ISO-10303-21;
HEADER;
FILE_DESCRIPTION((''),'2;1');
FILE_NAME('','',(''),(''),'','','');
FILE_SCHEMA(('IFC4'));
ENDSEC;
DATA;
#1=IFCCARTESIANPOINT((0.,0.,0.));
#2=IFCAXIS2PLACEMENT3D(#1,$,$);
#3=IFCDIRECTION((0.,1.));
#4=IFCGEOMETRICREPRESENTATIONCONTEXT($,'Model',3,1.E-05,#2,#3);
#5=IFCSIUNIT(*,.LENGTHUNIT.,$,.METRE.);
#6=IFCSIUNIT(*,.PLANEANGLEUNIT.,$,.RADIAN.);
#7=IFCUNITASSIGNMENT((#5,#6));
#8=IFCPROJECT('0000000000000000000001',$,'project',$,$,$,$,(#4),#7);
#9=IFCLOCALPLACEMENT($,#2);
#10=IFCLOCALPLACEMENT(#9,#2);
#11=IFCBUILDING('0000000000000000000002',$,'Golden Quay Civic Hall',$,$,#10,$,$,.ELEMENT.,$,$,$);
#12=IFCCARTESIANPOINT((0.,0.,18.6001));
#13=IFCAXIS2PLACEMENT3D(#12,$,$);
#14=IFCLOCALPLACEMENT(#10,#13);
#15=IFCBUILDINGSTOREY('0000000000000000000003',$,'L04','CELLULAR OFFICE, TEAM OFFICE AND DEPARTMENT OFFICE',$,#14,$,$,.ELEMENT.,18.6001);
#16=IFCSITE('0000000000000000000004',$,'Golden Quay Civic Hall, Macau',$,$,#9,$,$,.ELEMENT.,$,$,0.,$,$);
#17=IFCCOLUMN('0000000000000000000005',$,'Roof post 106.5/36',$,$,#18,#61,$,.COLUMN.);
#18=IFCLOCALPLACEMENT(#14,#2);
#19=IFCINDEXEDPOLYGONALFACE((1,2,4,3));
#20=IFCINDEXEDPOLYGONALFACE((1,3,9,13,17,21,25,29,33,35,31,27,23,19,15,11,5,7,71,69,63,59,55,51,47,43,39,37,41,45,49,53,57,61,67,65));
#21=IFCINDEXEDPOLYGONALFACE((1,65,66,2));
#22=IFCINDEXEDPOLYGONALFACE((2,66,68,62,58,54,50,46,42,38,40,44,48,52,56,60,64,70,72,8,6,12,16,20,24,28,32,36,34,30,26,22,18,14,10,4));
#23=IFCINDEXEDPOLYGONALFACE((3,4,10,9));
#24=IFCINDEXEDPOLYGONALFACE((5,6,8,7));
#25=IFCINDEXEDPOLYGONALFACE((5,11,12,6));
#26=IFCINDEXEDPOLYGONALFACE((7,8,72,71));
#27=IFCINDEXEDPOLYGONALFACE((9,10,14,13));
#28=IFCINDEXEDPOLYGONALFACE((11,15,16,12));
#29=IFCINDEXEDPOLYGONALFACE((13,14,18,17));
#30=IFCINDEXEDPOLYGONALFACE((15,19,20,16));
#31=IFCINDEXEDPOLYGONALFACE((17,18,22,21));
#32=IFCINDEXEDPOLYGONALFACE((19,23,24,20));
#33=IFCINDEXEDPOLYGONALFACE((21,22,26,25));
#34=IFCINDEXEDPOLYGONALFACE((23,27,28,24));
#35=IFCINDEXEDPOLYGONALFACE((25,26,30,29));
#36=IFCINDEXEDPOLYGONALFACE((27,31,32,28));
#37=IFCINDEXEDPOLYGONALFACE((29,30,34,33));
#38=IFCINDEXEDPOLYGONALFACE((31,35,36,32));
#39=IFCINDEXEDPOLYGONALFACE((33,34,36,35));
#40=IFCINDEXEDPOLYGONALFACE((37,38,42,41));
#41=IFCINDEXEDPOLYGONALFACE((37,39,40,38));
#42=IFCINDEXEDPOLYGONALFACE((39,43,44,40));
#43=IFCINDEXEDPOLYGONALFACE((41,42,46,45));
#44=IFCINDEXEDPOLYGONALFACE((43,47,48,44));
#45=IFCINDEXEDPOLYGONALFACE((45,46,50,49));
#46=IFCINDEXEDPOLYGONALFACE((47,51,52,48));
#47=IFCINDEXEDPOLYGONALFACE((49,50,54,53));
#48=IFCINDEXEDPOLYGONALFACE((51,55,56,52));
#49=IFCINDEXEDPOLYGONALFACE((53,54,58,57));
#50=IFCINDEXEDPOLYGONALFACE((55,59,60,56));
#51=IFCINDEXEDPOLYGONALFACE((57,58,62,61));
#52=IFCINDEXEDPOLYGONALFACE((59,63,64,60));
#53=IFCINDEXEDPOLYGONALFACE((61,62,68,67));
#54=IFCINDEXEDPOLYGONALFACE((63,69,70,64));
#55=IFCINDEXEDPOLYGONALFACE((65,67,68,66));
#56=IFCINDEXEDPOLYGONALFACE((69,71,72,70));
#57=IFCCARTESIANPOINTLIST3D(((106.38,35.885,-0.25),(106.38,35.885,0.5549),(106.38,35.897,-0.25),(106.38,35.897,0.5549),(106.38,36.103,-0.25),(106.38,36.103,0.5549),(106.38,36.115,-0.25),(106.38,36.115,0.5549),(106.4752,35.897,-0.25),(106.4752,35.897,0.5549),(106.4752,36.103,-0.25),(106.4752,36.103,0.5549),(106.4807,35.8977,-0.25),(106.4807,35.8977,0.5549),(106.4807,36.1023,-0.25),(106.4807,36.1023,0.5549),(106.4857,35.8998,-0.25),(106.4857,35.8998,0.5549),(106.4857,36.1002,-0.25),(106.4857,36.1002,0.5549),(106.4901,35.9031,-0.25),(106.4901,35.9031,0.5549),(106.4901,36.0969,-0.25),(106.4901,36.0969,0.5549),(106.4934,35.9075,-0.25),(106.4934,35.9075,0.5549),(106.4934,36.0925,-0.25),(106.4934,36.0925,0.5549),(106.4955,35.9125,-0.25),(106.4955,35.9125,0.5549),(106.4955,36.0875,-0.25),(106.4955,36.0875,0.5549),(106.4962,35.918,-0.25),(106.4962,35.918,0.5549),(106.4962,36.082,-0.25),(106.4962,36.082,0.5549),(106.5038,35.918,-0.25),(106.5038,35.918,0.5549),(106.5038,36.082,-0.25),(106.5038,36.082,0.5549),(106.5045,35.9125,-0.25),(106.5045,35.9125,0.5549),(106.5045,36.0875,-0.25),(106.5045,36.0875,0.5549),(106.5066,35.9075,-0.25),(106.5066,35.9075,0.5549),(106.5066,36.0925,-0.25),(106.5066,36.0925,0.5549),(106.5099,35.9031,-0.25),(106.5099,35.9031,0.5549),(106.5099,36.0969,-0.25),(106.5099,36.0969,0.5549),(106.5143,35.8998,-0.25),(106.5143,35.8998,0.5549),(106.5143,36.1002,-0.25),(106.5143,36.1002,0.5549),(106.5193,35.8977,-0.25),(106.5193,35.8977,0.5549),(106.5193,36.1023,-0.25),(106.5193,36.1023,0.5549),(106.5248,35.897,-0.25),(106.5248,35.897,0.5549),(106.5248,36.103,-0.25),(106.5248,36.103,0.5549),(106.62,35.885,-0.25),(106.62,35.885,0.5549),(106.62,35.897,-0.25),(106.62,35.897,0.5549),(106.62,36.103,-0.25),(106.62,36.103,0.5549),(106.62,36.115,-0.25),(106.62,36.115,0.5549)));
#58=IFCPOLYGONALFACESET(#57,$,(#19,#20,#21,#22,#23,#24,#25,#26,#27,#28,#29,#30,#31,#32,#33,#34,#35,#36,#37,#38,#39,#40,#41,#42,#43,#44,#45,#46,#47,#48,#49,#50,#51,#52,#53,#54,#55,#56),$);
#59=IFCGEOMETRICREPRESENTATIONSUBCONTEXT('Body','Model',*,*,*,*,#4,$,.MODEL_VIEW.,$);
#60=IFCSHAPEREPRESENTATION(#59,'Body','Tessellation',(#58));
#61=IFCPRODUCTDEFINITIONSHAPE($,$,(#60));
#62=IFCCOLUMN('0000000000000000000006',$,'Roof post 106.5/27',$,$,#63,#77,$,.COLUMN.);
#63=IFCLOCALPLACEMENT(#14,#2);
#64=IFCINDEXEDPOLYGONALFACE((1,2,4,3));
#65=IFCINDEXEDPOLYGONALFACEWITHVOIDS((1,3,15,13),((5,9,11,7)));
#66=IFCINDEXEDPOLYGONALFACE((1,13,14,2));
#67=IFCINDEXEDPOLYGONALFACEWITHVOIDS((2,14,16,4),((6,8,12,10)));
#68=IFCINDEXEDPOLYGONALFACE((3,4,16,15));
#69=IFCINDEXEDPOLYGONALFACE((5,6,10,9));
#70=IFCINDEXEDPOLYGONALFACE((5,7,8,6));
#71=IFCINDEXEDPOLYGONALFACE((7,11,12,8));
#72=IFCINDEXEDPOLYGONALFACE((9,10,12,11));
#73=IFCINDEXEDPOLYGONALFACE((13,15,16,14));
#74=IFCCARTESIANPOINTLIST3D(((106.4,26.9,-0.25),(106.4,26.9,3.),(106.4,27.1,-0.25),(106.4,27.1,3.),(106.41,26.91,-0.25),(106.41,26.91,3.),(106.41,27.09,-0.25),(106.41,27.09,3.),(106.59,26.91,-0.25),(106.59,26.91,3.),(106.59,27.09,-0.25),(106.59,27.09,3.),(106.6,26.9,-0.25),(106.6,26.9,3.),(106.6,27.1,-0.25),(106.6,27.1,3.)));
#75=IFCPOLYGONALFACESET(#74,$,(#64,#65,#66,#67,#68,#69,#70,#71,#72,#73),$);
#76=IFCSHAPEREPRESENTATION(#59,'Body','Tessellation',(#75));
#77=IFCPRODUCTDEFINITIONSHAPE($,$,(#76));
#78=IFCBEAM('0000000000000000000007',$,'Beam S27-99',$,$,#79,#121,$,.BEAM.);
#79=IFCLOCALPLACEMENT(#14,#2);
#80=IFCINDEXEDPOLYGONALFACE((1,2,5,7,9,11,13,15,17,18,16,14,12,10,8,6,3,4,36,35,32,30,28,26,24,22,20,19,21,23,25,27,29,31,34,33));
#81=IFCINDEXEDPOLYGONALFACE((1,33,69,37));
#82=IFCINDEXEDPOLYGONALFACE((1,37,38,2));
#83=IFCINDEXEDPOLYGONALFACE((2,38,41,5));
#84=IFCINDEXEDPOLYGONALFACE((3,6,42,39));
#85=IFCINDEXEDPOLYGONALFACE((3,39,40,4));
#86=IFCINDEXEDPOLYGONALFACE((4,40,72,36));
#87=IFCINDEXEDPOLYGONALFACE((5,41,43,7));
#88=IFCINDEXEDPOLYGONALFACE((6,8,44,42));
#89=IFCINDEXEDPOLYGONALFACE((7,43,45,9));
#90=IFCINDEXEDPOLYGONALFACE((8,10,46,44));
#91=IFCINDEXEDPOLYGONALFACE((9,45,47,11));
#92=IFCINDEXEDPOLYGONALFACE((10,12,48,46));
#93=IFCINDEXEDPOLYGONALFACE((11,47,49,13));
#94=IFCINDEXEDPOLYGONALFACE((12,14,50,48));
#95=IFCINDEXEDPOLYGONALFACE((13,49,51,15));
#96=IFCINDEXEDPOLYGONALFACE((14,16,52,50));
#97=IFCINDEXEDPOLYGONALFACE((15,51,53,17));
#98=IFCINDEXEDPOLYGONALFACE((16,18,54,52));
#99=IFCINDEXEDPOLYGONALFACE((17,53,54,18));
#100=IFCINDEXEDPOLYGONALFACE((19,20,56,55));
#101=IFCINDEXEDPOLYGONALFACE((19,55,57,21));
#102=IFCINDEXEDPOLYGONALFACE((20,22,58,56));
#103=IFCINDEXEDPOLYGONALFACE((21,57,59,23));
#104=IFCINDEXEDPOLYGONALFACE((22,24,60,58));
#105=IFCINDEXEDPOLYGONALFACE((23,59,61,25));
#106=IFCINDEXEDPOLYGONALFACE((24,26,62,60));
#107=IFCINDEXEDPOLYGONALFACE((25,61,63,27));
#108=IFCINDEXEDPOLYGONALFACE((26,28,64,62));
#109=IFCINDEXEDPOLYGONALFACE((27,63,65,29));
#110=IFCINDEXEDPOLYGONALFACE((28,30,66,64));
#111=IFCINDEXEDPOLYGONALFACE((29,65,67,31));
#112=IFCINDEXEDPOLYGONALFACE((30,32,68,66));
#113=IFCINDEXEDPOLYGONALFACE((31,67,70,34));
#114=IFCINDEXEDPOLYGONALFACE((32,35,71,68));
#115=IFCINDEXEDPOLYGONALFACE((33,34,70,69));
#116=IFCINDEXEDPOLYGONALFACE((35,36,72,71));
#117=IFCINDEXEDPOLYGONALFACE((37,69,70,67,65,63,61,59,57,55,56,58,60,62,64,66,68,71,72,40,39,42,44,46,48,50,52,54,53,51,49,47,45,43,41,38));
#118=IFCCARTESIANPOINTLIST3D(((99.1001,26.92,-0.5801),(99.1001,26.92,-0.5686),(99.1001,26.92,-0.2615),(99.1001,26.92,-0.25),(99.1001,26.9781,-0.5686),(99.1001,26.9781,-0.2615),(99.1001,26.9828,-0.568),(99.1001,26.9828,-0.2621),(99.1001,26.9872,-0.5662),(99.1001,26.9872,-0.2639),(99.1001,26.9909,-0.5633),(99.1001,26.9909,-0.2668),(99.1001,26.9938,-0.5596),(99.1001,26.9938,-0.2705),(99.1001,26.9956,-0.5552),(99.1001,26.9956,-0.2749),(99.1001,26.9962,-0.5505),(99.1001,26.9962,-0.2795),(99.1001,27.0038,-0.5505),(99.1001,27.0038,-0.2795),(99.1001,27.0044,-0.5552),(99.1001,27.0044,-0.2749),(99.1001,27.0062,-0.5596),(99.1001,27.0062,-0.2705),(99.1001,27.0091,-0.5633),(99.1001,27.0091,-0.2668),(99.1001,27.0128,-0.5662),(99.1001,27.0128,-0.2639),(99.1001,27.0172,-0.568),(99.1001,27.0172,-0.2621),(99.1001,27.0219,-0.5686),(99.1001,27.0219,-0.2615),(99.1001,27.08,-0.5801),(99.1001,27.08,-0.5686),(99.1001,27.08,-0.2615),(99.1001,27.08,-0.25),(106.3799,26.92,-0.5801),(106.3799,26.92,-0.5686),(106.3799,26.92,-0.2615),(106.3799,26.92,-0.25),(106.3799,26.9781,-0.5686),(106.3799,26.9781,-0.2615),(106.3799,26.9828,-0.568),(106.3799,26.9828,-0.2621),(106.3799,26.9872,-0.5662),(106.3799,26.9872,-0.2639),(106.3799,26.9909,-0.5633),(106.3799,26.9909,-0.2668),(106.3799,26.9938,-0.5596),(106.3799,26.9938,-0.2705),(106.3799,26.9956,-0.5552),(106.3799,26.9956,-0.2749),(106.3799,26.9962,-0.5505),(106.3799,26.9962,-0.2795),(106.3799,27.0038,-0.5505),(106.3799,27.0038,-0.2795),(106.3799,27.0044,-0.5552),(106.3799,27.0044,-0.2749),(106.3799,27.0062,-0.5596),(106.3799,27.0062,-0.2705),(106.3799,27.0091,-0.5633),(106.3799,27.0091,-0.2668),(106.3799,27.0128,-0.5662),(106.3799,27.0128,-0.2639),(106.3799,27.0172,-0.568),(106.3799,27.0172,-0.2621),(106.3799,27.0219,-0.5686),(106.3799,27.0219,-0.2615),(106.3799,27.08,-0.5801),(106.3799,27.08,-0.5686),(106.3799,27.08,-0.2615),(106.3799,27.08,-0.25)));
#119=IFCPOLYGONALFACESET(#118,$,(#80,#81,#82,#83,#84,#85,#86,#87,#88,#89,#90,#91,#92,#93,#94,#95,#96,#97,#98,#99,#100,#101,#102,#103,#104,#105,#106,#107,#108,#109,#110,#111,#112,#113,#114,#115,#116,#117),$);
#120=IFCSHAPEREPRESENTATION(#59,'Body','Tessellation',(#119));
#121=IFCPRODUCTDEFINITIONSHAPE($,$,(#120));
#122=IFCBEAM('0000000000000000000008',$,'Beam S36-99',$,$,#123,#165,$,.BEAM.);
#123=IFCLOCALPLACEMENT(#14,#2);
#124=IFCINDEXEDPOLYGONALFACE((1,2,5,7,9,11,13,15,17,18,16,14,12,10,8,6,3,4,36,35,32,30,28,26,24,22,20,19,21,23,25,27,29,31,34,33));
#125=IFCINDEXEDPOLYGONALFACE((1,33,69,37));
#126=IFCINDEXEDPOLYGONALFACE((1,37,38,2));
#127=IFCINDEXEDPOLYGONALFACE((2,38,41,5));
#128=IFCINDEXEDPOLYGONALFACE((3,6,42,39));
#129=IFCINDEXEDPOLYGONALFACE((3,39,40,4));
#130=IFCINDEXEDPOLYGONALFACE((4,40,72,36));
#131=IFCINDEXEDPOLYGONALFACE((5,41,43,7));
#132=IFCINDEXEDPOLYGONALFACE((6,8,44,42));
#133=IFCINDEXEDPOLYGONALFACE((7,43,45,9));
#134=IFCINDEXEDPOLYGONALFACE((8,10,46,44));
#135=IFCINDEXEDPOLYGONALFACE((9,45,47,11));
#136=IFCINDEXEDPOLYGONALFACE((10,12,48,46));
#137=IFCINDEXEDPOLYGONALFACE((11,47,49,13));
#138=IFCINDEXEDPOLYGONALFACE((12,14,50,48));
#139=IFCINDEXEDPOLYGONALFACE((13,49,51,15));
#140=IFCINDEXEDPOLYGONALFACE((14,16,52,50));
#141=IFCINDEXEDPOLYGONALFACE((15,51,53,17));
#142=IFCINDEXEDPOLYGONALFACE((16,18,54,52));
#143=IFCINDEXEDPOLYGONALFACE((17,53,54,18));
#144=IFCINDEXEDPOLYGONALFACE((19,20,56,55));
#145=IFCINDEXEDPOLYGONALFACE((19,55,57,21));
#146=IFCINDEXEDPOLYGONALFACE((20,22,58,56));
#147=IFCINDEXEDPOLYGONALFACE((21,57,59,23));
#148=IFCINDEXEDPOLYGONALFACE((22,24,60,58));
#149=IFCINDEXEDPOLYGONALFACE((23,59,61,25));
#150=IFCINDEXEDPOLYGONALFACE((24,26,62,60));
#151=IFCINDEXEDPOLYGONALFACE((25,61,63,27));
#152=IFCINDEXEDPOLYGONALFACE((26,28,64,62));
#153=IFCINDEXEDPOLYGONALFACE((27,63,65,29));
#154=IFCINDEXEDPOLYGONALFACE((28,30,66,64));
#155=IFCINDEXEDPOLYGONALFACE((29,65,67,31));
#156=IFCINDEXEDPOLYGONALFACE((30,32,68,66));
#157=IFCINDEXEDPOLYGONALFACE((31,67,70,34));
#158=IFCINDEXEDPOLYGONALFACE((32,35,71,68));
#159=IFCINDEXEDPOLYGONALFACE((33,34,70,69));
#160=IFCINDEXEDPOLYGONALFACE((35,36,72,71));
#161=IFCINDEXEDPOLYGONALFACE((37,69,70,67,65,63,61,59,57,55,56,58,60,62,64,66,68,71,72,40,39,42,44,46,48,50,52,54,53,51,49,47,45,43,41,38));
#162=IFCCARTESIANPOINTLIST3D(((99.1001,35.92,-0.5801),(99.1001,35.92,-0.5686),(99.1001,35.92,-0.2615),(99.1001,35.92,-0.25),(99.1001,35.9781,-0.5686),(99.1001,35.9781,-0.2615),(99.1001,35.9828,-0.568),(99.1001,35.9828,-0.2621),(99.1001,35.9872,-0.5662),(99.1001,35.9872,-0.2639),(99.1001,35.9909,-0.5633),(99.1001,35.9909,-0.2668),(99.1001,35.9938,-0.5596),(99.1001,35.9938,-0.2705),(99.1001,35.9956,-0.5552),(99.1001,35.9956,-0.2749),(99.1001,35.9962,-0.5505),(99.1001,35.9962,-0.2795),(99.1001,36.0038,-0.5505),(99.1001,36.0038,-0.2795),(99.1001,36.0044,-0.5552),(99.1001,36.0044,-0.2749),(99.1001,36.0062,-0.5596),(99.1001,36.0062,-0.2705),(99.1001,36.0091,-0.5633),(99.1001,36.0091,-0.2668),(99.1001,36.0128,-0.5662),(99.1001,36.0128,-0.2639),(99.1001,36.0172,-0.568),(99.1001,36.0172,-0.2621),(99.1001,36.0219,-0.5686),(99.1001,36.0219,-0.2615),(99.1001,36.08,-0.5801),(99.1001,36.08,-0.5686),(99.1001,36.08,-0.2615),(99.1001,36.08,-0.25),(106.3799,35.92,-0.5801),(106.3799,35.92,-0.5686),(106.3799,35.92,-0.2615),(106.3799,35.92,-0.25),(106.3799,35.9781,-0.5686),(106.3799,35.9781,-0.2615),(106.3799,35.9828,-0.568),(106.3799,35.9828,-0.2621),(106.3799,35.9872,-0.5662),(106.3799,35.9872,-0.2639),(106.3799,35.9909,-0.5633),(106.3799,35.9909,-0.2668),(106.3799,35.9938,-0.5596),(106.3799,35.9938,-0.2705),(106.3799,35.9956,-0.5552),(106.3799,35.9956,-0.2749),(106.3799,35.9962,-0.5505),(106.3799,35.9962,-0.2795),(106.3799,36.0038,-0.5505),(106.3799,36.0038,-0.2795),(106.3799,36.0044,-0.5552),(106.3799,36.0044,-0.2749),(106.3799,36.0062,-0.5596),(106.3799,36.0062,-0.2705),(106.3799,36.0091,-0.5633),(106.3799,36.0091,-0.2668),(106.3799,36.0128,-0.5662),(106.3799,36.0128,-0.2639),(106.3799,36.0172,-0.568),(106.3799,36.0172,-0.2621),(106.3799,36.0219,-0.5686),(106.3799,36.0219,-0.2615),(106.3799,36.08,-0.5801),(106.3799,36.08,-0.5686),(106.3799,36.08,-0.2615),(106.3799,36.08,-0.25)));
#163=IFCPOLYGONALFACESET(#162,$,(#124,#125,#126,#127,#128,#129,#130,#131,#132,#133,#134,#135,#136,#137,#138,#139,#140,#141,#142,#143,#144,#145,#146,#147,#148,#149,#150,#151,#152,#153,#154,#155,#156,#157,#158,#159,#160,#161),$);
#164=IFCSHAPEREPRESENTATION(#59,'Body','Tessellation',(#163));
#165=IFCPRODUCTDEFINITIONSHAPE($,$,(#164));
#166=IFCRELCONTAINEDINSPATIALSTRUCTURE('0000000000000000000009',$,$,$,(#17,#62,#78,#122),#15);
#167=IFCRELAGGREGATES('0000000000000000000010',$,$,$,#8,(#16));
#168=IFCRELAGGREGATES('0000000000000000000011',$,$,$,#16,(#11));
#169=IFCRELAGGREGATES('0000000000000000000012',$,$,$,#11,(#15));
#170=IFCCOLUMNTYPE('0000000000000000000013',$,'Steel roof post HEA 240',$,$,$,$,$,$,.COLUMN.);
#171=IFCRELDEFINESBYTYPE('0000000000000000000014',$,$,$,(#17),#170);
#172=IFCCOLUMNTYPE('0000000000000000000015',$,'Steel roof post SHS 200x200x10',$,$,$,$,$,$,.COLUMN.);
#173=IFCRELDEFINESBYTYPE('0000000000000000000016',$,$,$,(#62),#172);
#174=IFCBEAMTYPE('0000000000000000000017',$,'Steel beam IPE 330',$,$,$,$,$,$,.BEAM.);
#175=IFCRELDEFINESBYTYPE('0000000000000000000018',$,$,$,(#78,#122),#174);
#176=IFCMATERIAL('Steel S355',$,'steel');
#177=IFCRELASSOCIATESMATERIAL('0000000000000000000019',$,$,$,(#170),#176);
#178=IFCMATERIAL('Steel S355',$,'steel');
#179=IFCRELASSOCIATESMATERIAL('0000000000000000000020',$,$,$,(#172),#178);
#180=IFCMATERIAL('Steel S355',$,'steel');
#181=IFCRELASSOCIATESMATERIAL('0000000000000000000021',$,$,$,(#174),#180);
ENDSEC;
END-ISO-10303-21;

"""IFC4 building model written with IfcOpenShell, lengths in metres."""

from ifc_helpers import new_model, si_unit, direction, frame, origin, origin_2d, place, context, subcontext, project, spatial, hollow_rectangle, i_section, extrude, material, material_profile, profile_set, type_object, element, save


model = new_model("IFC4")

# Units and contexts
model_context = context("Model", 3, precision=1e-05, world=origin(), true_north=direction((0.0, 1.0)))
body_context = subcontext(model_context, "Body", "Model", "MODEL_VIEW")
ifc_project = project(units=[si_unit("LENGTHUNIT", "METRE"), si_unit("PLANEANGLEUNIT", "RADIAN")], contexts=[model_context])

# Site, building, storey
site_placement = place(None, origin())
site = spatial("IfcSite", under=ifc_project, at=site_placement, Name="Golden Quay Civic Hall, Macau", CompositionType="ELEMENT", RefElevation=0.0)
building_placement = place(site_placement, origin())
building = spatial("IfcBuilding", under=site, at=building_placement, Name="Golden Quay Civic Hall", CompositionType="ELEMENT")
storey_placement = place(building_placement, frame((0.0, 0.0, 18.6001)))
storey = spatial("IfcBuildingStorey", under=building, at=storey_placement, Name="L04", Description="CELLULAR OFFICE, TEAM OFFICE AND DEPARTMENT OFFICE", CompositionType="ELEMENT", Elevation=18.6001)

# Columns
ifc_material_1 = material(Name="Steel S355", Category="steel")
ifc_material_profile_1 = material_profile(ifc_material_1, i_section(OverallWidth=0.24, OverallDepth=0.23, WebThickness=0.0076, FlangeThickness=0.012, FilletRadius=0.021, at=origin_2d()), Name="HEA 240")
ifc_profile_set_1 = profile_set([ifc_material_profile_1], Name="Steel S355")
column_type_1 = type_object("IfcColumnType", Name="Steel roof post HEA 240", PredefinedType="COLUMN", material=ifc_profile_set_1)
column_1_placement = place(storey_placement, frame((106.5, 36.0, -0.25), z_axis=(0.0, 0.0, 1.0), x_axis=(1.0, 0.0, 0.0)))
element("IfcColumn", 1, at=column_1_placement, inside=storey, type_object=column_type_1, Name="Roof post 106.5/36", PredefinedType="COLUMN", context=body_context, shape_type="SweptSolid", body=[
    extrude(i_section(OverallWidth=0.24, OverallDepth=0.23, WebThickness=0.0076, FlangeThickness=0.012, FilletRadius=0.021, at=origin_2d()), origin(), (0.0, 0.0, 1.0), 0.8049),
])
ifc_material_2 = material(Name="Steel S355", Category="steel")
ifc_material_profile_2 = material_profile(ifc_material_2, hollow_rectangle(XDim=0.2, YDim=0.2, WallThickness=0.01, at=origin_2d()), Name="SHS 200x200x10")
ifc_profile_set_2 = profile_set([ifc_material_profile_2], Name="Steel S355")
column_type_2 = type_object("IfcColumnType", Name="Steel roof post SHS 200x200x10", PredefinedType="COLUMN", material=ifc_profile_set_2)
column_2_placement = place(storey_placement, frame((106.5, 27.0, -0.25), z_axis=(0.0, 0.0, 1.0), x_axis=(1.0, 0.0, 0.0)))
element("IfcColumn", 2, at=column_2_placement, inside=storey, type_object=column_type_2, Name="Roof post 106.5/27", PredefinedType="COLUMN", context=body_context, shape_type="SweptSolid", body=[
    extrude(hollow_rectangle(XDim=0.2, YDim=0.2, WallThickness=0.01, at=origin_2d()), origin(), (0.0, 0.0, 1.0), 3.25),
])

# Beams
ifc_material_3 = material(Name="Steel S355", Category="steel")
ifc_material_profile_3 = material_profile(ifc_material_3, i_section(OverallWidth=0.1599, OverallDepth=0.3301, WebThickness=0.0076, FlangeThickness=0.0115, FilletRadius=0.0181, at=origin_2d()), Name="IPE 330")
ifc_profile_set_3 = profile_set([ifc_material_profile_3], Name="Steel S355")
beam_type_1 = type_object("IfcBeamType", Name="Steel beam IPE 330", PredefinedType="BEAM", material=ifc_profile_set_3)
for number, where, z_axis, x_axis, name in (
    (3, (99.1001, 27.0, -0.415), (1.0, 0.0, 0.0), (0.0, 1.0, 0.0), "Beam S27-99"),
    (4, (99.1001, 36.0, -0.415), (1.0, 0.0, 0.0), (0.0, 1.0, 0.0), "Beam S36-99"),
):
    element("IfcBeam", number, at=place(storey_placement, frame(where, z_axis=z_axis, x_axis=x_axis)), inside=storey, type_object=beam_type_1, Name=name, PredefinedType="BEAM", context=body_context, shape_type="SweptSolid", body=[
        extrude(i_section(OverallWidth=0.1599, OverallDepth=0.3301, WebThickness=0.0076, FlangeThickness=0.0115, FilletRadius=0.0181, at=origin_2d()), origin(), (0.0, 0.0, 1.0), 7.2798),
    ])

save(model, "model.ifc")
